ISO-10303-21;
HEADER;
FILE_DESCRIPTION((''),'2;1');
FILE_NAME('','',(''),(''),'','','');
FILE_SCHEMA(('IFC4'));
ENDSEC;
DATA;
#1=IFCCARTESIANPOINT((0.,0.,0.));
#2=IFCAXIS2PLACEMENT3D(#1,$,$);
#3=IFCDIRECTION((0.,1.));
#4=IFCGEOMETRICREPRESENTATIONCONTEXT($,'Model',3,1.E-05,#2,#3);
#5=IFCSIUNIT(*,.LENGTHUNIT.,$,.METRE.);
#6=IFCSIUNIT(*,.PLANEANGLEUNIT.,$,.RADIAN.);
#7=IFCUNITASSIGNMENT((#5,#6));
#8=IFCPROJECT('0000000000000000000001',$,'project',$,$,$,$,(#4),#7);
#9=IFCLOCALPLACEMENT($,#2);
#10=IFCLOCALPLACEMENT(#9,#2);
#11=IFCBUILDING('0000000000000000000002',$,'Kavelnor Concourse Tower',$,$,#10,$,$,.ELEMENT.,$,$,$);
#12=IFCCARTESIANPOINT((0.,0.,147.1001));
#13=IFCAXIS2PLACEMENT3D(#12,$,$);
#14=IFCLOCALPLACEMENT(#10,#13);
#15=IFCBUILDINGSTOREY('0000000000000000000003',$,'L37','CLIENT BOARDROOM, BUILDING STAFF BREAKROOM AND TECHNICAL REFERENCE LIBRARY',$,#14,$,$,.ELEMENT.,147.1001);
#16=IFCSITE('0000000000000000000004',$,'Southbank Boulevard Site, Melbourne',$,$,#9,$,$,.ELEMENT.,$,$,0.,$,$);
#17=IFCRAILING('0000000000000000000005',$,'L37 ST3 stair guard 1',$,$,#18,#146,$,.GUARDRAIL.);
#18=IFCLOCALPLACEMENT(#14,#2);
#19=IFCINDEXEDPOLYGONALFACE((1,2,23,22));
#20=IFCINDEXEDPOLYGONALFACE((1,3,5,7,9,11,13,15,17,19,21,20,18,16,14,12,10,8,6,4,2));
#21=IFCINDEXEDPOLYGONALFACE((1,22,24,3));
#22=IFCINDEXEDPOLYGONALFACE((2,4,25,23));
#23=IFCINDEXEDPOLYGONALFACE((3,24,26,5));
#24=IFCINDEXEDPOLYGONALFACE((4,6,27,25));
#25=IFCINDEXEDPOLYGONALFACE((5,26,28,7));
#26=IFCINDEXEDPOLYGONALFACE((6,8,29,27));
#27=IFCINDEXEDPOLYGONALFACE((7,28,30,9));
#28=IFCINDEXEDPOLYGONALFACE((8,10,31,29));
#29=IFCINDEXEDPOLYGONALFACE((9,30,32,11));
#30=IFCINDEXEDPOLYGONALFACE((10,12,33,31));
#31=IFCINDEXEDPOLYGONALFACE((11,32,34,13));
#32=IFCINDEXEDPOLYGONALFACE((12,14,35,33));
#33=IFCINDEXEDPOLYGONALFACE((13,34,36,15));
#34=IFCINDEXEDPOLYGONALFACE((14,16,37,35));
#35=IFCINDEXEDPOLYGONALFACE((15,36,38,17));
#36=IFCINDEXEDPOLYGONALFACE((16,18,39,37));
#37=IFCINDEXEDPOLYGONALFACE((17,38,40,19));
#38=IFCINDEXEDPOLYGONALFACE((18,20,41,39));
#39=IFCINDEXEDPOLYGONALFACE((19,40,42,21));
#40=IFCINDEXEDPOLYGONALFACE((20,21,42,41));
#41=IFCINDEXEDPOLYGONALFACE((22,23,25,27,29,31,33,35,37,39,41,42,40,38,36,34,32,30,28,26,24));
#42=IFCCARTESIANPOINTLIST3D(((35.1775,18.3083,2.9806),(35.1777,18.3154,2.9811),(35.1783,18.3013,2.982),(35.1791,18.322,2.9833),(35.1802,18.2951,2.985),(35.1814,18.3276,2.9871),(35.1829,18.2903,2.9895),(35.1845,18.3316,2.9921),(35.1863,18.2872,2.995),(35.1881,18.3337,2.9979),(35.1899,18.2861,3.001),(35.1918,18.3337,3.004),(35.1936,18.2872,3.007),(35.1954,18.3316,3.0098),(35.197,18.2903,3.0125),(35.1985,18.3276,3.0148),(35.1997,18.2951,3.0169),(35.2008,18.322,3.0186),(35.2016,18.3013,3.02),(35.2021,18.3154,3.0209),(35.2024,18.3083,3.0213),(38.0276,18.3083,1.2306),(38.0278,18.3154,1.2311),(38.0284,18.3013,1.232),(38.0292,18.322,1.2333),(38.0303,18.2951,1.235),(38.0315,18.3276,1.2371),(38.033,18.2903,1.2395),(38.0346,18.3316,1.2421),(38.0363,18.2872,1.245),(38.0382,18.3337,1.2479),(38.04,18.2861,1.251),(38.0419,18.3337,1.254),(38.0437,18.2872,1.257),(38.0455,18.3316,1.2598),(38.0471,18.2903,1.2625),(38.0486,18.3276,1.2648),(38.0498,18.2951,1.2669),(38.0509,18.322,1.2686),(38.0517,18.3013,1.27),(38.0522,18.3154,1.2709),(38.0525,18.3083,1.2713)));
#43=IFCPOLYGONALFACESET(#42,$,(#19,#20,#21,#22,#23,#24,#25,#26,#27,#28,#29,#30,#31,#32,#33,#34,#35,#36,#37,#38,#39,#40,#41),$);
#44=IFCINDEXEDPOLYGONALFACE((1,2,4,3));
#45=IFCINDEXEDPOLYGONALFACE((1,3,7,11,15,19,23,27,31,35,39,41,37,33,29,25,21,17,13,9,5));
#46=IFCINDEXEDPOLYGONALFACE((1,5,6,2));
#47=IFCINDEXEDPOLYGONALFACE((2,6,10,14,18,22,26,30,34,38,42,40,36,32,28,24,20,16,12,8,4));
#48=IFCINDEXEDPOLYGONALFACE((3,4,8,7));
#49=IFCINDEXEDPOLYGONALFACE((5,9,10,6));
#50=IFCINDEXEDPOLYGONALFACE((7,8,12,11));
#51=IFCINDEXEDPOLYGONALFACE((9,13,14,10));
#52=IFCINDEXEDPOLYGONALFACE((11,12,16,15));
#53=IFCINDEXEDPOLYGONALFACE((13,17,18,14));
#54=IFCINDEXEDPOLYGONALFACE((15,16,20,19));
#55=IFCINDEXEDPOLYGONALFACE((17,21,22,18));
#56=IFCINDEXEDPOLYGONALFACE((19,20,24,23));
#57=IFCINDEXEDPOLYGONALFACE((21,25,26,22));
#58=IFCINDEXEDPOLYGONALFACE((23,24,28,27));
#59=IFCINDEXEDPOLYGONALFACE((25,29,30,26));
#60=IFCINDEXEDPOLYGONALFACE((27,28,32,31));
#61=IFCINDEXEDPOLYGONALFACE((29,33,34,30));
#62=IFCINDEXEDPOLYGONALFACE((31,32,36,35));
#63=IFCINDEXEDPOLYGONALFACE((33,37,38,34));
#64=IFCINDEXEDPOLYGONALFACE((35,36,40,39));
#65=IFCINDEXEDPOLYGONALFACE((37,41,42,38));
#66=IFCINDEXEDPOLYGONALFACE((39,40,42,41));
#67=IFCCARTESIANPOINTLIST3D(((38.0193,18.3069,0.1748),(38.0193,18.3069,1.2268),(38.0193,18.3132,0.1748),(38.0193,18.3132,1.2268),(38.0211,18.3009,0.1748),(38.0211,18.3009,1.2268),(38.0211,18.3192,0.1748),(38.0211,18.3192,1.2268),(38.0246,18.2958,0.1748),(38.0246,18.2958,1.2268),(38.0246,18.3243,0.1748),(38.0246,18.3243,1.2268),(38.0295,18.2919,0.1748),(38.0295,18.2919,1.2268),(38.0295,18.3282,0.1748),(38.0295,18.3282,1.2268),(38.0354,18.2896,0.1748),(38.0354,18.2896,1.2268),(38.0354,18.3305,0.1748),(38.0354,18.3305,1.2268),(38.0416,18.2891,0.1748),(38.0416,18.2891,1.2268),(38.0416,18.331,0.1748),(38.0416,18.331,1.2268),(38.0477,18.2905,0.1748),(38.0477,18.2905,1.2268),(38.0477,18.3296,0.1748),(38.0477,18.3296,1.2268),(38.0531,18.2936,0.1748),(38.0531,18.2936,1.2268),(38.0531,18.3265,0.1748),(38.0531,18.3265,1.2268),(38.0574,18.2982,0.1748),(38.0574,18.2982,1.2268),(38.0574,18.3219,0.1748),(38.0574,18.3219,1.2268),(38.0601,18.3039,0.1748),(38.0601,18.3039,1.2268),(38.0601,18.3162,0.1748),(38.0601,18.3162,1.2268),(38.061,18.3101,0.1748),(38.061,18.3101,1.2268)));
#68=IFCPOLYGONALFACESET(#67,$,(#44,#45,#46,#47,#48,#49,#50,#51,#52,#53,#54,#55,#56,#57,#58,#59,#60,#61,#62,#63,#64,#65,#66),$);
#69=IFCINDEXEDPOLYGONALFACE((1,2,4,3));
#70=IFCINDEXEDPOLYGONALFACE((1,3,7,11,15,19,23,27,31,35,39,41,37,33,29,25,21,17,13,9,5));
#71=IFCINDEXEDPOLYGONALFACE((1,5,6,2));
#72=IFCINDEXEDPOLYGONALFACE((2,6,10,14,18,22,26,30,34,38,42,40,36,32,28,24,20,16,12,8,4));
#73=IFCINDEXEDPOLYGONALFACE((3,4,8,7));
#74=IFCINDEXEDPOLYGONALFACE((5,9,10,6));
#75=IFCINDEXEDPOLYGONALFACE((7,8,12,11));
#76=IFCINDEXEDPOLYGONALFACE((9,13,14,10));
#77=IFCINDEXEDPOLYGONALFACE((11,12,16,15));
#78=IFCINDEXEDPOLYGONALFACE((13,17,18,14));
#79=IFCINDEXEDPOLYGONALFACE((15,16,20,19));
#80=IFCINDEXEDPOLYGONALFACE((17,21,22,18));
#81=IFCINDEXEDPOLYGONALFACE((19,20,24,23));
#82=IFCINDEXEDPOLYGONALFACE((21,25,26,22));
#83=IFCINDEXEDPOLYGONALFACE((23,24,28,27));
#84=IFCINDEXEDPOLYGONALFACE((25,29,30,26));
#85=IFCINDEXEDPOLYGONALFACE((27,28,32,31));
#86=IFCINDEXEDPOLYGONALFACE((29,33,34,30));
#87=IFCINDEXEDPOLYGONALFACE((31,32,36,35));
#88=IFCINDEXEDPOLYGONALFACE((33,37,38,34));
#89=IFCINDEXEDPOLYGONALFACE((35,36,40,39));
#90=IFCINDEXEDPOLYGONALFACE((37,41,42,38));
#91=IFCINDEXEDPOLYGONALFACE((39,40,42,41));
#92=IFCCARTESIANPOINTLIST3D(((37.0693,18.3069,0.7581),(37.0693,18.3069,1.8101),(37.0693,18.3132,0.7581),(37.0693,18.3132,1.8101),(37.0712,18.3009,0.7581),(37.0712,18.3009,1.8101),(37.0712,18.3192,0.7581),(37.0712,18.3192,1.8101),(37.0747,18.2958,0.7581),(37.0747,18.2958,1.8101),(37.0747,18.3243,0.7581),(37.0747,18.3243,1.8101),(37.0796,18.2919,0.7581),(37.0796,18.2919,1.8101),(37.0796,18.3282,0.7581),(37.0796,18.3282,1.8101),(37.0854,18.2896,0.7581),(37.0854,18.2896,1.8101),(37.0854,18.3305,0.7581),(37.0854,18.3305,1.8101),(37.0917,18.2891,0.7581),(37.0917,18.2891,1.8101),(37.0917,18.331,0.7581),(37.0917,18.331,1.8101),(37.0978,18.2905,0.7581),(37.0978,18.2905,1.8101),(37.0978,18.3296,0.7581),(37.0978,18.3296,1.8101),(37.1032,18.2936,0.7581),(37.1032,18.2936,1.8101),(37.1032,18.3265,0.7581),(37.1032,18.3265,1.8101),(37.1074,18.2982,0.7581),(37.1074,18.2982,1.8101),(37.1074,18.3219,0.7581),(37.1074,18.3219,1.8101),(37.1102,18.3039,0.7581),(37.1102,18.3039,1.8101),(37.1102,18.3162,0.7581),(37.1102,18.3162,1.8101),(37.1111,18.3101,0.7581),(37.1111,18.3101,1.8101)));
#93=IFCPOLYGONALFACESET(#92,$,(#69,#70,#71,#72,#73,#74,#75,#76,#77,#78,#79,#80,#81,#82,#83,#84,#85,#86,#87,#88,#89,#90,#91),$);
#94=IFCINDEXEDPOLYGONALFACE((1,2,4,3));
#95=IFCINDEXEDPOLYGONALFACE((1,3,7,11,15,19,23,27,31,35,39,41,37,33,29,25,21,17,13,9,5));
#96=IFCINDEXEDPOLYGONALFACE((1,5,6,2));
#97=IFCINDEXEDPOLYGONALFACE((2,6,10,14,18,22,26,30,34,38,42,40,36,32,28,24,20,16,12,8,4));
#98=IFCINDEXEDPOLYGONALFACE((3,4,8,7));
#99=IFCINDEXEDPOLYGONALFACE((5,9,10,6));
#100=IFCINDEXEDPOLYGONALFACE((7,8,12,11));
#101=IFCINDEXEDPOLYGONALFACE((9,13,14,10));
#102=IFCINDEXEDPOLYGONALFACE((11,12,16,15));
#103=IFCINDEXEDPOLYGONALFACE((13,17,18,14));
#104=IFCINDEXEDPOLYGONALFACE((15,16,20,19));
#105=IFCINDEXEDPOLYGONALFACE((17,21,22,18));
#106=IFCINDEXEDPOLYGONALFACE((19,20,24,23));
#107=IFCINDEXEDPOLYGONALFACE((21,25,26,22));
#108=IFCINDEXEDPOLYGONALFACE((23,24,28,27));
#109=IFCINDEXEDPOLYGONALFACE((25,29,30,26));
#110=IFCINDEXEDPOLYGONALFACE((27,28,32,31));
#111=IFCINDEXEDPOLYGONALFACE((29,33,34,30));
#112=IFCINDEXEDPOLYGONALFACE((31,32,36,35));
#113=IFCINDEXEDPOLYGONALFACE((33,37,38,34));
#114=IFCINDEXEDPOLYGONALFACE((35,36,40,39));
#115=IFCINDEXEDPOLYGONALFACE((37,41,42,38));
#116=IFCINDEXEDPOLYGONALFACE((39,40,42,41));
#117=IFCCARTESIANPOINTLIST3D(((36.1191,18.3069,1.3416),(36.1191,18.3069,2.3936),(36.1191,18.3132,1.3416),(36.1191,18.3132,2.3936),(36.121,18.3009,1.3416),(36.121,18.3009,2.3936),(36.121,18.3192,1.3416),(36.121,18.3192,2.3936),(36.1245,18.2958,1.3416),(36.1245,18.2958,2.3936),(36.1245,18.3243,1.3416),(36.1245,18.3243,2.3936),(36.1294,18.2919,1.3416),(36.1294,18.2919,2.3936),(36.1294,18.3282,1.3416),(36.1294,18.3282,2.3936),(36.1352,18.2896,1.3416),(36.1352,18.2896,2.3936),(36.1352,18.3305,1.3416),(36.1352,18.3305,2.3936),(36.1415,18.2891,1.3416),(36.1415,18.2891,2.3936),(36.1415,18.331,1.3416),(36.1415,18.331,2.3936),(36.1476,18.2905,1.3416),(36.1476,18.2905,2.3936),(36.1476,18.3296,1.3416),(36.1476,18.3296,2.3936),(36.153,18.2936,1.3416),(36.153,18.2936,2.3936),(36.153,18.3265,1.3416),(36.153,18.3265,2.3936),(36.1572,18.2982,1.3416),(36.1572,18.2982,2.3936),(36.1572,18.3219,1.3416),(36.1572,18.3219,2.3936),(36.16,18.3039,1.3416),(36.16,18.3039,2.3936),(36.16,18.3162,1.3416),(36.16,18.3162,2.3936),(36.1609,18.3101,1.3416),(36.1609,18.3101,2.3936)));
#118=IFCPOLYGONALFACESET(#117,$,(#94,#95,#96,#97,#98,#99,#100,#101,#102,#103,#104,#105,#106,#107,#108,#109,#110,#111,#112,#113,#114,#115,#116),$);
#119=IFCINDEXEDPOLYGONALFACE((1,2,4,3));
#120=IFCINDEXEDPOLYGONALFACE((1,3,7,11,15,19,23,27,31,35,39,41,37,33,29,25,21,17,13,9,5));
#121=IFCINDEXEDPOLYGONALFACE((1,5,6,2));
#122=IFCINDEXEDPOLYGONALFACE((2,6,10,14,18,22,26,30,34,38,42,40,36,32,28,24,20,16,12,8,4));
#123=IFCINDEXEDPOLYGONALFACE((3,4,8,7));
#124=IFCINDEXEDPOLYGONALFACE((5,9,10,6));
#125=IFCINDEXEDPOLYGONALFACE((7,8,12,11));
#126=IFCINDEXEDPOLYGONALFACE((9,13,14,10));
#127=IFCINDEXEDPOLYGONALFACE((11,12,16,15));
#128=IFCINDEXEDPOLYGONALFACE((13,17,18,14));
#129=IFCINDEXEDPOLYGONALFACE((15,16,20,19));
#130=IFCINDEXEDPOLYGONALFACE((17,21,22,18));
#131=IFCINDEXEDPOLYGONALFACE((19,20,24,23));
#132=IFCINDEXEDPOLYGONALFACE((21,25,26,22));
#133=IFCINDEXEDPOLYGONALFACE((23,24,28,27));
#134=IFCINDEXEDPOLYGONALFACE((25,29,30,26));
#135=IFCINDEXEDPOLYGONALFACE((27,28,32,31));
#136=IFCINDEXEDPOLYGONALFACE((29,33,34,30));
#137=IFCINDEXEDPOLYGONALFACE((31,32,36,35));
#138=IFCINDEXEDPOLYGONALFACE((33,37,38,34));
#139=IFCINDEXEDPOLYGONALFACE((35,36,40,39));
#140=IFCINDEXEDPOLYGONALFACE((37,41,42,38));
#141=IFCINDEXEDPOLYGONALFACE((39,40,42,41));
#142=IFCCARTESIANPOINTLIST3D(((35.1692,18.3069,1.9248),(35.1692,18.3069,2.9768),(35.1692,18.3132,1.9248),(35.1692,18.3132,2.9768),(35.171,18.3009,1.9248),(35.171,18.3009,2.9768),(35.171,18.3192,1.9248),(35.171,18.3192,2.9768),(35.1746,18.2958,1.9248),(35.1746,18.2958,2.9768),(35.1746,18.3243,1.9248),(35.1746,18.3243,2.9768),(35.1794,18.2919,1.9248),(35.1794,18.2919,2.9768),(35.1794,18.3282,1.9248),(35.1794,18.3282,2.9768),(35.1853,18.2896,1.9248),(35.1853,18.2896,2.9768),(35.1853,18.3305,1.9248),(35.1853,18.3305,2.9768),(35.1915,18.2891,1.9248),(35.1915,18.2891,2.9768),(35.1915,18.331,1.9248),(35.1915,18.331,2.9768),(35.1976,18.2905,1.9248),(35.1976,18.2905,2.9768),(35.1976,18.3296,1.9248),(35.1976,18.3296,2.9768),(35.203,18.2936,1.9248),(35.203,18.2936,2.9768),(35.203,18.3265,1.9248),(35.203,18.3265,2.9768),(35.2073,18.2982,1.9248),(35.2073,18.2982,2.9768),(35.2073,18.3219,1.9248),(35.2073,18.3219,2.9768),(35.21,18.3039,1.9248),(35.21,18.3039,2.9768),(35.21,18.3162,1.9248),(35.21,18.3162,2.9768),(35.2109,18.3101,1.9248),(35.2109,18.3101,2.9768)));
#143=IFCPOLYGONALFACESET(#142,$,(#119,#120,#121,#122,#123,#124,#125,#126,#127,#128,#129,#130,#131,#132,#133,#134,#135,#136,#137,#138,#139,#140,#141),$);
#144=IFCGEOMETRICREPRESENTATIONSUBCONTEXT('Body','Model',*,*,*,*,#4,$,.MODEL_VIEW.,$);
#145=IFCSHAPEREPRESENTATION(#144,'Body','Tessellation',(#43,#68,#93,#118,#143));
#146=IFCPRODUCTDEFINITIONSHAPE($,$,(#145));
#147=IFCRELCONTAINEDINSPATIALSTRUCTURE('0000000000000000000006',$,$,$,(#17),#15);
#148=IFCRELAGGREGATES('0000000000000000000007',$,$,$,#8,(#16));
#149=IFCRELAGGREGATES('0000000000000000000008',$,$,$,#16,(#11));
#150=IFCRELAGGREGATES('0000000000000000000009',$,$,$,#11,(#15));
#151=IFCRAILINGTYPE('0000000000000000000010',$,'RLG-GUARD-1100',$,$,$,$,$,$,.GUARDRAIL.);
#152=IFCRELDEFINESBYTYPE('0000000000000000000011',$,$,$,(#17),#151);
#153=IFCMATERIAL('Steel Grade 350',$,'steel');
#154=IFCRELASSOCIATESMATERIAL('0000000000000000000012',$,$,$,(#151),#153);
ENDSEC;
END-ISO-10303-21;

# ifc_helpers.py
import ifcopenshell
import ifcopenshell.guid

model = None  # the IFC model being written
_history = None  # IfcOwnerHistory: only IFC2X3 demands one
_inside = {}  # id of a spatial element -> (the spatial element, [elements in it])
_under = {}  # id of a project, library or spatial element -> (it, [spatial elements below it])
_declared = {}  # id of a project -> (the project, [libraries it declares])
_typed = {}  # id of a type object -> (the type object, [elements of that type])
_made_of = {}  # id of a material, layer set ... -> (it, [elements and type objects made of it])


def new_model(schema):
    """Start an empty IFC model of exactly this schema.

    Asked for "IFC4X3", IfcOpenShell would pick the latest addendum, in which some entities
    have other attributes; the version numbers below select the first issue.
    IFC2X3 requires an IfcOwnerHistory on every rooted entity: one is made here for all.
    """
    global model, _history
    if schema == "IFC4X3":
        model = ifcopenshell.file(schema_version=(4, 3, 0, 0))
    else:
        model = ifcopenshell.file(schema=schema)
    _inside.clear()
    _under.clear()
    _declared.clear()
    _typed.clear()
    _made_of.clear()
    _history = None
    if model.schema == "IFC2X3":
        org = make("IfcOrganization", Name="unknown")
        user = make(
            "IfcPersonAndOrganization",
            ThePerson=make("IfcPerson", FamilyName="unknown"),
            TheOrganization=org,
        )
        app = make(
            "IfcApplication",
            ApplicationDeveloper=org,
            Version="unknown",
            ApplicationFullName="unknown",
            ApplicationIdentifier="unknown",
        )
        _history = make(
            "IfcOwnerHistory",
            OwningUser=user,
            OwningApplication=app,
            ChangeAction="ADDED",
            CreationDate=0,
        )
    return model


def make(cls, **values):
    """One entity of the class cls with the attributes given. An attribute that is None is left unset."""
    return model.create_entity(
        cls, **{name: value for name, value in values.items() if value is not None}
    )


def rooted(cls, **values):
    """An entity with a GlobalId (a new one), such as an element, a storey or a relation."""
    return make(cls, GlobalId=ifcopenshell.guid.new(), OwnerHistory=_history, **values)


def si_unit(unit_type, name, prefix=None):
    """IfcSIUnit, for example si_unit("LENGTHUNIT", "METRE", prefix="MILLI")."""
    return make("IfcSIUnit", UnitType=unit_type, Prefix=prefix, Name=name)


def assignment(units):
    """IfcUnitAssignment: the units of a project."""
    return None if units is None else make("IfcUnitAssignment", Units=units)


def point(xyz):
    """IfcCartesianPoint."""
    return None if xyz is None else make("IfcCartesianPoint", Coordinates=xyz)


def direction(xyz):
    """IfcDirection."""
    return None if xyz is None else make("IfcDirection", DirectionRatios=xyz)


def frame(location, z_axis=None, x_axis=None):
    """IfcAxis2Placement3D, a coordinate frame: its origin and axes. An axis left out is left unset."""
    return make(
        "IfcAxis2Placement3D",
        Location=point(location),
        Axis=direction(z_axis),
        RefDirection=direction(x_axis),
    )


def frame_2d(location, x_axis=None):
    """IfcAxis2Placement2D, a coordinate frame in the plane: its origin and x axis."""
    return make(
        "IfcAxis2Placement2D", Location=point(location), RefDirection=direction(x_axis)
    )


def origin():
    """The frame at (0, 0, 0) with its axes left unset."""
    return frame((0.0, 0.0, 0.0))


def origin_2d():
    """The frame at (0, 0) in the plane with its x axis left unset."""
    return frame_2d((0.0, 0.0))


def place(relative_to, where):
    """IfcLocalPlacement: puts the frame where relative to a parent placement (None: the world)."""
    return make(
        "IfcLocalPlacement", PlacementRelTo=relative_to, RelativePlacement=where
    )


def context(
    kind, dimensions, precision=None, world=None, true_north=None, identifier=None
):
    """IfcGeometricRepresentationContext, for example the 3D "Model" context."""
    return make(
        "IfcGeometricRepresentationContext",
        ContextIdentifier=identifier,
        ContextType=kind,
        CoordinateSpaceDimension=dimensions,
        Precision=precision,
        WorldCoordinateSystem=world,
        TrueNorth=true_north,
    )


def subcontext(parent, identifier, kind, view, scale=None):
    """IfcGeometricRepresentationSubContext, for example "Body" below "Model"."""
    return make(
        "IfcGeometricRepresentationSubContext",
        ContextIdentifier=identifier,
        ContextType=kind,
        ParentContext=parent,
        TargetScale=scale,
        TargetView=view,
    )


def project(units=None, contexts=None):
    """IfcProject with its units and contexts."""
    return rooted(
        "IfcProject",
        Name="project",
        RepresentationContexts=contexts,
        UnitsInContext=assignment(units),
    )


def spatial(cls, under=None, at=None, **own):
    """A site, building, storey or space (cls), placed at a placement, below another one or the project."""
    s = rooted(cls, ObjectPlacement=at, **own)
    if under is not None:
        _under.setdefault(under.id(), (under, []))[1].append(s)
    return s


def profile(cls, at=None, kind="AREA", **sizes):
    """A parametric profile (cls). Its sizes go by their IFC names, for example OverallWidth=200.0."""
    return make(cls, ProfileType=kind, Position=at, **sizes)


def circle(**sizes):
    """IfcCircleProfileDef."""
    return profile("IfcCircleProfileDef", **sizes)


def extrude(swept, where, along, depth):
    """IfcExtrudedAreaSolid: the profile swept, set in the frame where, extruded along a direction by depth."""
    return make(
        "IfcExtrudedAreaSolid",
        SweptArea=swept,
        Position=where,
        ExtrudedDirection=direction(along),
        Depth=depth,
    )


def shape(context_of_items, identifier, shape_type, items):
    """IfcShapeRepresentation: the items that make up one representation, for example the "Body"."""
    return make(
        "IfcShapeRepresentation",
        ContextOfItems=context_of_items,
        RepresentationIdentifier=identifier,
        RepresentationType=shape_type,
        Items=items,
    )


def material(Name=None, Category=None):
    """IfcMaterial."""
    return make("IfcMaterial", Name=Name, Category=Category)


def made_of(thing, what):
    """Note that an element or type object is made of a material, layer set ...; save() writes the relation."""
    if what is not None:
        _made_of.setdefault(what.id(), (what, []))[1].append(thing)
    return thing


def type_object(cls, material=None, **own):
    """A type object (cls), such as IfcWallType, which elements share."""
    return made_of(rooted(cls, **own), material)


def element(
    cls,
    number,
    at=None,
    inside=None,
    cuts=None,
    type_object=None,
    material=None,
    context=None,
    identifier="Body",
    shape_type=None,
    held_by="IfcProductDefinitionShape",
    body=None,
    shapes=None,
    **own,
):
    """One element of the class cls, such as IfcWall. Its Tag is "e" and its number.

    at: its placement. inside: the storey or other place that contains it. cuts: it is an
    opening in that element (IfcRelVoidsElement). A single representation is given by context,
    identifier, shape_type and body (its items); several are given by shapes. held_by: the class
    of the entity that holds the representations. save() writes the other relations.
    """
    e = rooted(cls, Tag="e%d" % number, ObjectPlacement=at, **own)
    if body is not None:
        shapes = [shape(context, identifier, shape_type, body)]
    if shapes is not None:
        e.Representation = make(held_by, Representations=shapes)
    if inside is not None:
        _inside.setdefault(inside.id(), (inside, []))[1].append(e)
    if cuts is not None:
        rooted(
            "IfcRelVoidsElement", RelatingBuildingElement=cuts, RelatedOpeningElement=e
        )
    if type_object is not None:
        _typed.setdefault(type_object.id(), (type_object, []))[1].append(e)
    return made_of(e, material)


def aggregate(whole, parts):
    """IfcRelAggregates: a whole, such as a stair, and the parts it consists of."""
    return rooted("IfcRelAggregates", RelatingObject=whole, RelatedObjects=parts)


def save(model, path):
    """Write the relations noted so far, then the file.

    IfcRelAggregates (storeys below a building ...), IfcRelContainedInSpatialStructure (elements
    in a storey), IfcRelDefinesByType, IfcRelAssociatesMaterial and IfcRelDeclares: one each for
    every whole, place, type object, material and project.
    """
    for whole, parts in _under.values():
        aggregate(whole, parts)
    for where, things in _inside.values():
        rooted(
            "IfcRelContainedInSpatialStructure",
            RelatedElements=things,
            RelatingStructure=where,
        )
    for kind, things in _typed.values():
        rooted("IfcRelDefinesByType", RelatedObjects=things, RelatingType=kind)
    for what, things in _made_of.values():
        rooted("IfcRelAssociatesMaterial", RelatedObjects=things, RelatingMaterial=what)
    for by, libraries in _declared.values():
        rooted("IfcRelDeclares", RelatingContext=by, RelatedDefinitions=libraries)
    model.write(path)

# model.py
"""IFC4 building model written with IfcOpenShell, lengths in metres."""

from ifc_helpers import new_model, si_unit, direction, frame, origin, origin_2d, place, context, subcontext, project, spatial, circle, extrude, material, type_object, element, save


model = new_model("IFC4")

# Units and contexts
model_context = context("Model", 3, precision=1e-05, world=origin(), true_north=direction((0.0, 1.0)))
body_context = subcontext(model_context, "Body", "Model", "MODEL_VIEW")
ifc_project = project(units=[si_unit("LENGTHUNIT", "METRE"), si_unit("PLANEANGLEUNIT", "RADIAN")], contexts=[model_context])

# Site, building, storey
site_placement = place(None, origin())
site = spatial("IfcSite", under=ifc_project, at=site_placement, Name="Southbank Boulevard Site, Melbourne", CompositionType="ELEMENT", RefElevation=0.0)
building_placement = place(site_placement, origin())
building = spatial("IfcBuilding", under=site, at=building_placement, Name="Kavelnor Concourse Tower", CompositionType="ELEMENT")
storey_placement = place(building_placement, frame((0.0, 0.0, 147.1001)))
storey = spatial("IfcBuildingStorey", under=building, at=storey_placement, Name="L37", Description="CLIENT BOARDROOM, BUILDING STAFF BREAKROOM AND TECHNICAL REFERENCE LIBRARY", CompositionType="ELEMENT", Elevation=147.1001)

# Shared definitions
ifc_material_1 = material(Name="Steel Grade 350", Category="steel")

# Railing
railing_type_1 = type_object("IfcRailingType", Name="RLG-GUARD-1100", PredefinedType="GUARDRAIL", material=ifc_material_1)
railing_1_placement = place(storey_placement, frame((38.04, 18.3101, 0.1748)))
element("IfcRailing", 1, at=railing_1_placement, inside=storey, type_object=railing_type_1, Name="L37 ST3 stair guard 1", PredefinedType="GUARDRAIL", context=body_context, shape_type="SweptSolid", body=[
    extrude(circle(Radius=0.0239, at=origin_2d()), frame((0.0, 0.0, 1.0762), z_axis=(-0.852179, 0.0, 0.52325), x_axis=(0.0, -1.0, 0.0)), (0.0, 0.0, 1.0), 3.3445),
    extrude(circle(Radius=0.021, at=origin_2d()), origin(), (0.0, 0.0, 1.0), 1.052),
    extrude(circle(Radius=0.021, at=origin_2d()), frame((-0.95, 0.0, 0.5833)), (0.0, 0.0, 1.0), 1.052),
    extrude(circle(Radius=0.021, at=origin_2d()), frame((-1.9001, 0.0, 1.1667)), (0.0, 0.0, 1.0), 1.052),
    extrude(circle(Radius=0.021, at=origin_2d()), frame((-2.8501, 0.0, 1.75)), (0.0, 0.0, 1.0), 1.052),
])

save(model, "model.ifc")
